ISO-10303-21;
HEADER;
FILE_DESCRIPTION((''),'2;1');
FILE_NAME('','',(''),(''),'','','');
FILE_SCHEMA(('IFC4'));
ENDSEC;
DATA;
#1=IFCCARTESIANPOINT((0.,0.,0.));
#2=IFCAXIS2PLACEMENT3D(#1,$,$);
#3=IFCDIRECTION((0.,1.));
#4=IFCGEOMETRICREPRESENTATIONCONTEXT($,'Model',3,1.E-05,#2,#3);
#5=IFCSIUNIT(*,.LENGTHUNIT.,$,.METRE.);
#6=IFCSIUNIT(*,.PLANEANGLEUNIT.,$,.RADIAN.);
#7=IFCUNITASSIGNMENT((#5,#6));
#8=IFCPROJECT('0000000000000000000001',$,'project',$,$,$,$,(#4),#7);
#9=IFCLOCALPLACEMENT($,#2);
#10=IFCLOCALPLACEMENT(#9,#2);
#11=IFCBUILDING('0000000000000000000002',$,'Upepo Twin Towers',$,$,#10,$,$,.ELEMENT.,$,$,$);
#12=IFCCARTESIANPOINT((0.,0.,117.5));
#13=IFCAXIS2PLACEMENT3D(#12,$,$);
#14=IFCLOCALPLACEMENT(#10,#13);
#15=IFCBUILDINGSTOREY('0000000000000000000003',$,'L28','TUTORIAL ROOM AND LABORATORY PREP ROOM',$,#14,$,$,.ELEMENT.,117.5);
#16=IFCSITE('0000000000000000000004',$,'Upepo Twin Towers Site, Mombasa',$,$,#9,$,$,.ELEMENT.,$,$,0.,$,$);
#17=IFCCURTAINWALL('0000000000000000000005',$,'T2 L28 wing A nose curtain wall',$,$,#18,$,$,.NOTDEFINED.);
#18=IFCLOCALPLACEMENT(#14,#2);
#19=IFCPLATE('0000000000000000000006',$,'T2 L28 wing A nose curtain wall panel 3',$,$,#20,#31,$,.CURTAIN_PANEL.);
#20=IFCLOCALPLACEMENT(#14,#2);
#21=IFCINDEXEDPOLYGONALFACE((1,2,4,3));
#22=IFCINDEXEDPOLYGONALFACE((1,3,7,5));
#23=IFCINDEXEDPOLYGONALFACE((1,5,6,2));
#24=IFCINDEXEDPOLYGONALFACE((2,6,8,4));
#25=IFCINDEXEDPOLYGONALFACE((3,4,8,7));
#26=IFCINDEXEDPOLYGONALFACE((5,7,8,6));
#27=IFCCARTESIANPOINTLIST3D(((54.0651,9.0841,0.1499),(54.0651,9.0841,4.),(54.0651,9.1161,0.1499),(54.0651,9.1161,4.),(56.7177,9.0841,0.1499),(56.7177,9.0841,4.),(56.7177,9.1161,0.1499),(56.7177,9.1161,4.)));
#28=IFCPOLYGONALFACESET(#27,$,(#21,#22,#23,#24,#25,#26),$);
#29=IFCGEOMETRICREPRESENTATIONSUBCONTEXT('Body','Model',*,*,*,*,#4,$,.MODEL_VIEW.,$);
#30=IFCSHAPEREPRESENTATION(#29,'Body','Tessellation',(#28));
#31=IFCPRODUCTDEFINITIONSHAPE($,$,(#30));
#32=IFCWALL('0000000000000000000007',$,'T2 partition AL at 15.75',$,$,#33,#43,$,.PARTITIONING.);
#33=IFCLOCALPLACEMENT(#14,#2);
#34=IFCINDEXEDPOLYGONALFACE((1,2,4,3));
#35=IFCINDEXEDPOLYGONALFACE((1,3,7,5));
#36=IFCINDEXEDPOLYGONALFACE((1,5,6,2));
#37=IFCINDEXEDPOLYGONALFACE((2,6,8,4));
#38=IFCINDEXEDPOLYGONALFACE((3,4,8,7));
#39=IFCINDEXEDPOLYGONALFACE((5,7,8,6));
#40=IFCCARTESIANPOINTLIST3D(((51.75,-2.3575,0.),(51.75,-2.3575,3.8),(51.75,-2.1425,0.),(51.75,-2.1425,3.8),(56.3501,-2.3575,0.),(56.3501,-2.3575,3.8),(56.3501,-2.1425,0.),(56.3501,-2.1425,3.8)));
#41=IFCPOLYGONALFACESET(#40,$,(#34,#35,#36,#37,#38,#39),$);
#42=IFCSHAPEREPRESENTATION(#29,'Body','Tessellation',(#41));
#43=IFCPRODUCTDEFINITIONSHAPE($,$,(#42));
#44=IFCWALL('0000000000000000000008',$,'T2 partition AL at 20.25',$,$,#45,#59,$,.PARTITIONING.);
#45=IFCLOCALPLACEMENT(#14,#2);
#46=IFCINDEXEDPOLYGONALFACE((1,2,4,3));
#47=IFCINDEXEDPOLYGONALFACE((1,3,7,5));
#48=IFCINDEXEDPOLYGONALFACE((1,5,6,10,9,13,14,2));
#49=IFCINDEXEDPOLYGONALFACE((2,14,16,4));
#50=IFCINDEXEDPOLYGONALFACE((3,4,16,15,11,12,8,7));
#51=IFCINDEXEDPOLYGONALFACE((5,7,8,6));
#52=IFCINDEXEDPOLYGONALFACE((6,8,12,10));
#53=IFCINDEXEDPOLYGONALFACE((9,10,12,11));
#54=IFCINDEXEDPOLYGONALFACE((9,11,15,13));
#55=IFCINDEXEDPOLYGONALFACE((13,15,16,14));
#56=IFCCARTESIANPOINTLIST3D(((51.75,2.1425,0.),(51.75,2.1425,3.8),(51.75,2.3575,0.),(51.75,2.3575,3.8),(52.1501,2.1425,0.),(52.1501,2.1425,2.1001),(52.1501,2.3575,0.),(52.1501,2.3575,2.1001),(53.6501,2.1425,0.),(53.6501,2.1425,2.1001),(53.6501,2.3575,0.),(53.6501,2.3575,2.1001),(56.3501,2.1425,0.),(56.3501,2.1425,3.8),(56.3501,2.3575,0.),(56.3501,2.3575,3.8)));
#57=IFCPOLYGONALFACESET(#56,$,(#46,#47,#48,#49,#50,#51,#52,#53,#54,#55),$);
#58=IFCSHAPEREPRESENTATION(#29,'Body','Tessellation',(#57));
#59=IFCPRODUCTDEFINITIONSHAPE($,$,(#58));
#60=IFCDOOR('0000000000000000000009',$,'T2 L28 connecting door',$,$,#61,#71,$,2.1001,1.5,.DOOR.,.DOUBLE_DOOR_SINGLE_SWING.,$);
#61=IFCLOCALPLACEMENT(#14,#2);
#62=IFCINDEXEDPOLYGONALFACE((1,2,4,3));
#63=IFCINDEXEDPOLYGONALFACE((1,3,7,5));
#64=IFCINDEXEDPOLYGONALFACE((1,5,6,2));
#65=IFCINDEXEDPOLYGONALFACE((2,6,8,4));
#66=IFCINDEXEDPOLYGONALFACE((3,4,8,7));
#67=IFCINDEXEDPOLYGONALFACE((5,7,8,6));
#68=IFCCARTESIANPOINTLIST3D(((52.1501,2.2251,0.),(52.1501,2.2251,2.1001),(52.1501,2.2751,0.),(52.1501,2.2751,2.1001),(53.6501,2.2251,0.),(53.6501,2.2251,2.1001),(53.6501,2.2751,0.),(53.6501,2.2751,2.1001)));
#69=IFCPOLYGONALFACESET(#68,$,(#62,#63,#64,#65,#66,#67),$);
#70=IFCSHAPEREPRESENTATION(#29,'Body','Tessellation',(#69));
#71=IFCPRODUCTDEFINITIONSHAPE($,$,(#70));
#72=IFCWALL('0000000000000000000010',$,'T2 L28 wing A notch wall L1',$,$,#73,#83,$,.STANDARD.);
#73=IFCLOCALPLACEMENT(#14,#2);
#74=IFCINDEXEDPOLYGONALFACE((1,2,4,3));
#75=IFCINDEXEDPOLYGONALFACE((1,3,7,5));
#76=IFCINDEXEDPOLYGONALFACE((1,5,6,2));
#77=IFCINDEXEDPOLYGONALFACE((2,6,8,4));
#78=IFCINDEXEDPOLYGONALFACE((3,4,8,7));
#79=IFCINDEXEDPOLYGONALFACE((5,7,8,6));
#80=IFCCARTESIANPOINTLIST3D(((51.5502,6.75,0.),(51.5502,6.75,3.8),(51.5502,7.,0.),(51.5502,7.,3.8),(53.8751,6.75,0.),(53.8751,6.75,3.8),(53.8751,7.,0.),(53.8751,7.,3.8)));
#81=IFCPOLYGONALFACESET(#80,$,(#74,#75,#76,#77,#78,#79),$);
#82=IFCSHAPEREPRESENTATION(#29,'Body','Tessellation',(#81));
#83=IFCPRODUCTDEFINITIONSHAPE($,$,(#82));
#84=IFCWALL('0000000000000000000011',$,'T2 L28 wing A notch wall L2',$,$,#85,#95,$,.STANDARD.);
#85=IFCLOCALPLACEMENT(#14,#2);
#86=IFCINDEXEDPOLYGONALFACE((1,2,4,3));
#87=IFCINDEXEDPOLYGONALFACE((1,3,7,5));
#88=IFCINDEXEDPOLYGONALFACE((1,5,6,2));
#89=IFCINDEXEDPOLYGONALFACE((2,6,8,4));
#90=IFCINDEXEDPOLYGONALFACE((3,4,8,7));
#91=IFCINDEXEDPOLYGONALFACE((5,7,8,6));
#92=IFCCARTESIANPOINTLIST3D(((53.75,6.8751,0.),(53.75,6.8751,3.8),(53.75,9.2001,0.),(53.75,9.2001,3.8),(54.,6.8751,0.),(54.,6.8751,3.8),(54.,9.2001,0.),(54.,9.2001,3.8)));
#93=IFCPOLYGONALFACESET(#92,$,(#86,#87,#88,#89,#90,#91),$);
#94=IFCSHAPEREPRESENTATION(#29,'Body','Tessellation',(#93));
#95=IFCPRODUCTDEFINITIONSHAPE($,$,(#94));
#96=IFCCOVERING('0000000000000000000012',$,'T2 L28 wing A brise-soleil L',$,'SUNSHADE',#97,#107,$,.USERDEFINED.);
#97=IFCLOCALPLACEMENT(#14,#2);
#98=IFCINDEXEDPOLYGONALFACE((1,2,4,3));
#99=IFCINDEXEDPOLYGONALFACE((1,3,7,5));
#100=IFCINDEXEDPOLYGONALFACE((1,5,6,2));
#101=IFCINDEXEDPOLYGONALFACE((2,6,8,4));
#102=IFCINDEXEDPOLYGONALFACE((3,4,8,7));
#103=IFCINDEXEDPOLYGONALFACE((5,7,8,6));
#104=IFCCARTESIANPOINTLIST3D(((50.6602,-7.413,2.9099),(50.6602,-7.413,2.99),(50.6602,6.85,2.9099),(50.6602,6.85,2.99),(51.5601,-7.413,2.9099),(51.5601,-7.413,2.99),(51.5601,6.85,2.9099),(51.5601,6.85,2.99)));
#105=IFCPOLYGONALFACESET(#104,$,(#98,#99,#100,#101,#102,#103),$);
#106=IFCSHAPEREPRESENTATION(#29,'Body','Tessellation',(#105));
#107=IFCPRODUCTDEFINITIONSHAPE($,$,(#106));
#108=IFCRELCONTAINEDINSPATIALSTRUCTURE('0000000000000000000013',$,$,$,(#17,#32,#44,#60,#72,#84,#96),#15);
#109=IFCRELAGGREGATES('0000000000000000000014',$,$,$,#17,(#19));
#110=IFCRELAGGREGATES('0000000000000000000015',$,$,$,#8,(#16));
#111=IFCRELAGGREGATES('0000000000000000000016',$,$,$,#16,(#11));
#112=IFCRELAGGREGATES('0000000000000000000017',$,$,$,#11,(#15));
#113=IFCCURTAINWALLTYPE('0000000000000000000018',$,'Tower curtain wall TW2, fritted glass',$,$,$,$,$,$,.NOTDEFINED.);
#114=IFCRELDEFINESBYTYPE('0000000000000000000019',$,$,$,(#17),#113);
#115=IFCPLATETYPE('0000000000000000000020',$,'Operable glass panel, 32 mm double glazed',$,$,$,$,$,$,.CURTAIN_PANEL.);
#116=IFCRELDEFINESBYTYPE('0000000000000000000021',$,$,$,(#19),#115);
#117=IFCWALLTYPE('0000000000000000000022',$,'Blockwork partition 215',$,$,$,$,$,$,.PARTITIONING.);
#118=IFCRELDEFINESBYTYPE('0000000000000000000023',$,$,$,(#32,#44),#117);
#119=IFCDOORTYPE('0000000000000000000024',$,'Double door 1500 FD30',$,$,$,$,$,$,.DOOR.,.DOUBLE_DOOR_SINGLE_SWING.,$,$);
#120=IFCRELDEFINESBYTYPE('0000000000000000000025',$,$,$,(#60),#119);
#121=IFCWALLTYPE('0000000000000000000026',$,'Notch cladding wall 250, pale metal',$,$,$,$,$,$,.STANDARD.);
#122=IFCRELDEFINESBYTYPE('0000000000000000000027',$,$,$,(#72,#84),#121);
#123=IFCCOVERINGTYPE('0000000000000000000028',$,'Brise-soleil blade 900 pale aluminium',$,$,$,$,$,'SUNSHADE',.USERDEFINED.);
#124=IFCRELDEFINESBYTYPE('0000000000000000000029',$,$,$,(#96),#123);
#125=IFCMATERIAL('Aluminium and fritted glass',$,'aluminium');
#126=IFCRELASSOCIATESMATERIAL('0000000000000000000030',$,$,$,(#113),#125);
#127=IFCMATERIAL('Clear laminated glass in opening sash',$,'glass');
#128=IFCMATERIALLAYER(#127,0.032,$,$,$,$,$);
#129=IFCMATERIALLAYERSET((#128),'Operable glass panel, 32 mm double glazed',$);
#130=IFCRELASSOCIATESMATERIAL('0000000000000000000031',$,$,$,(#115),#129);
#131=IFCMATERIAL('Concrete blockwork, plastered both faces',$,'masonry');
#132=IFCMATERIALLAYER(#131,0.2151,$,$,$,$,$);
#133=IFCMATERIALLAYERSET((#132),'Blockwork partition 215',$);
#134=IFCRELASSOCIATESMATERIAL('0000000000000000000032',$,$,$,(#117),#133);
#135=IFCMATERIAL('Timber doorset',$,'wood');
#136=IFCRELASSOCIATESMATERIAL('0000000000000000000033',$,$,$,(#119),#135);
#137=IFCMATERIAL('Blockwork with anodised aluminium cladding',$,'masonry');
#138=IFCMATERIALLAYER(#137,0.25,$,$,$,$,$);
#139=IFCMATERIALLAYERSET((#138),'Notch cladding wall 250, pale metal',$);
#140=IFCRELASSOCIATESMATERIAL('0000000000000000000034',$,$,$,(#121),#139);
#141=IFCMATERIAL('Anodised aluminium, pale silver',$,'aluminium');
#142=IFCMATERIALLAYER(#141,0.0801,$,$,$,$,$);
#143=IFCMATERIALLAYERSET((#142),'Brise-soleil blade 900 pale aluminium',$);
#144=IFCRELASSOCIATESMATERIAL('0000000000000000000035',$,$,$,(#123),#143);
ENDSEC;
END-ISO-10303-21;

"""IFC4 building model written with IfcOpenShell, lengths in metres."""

from ifc_helpers import new_model, si_unit, direction, frame, frame_2d, origin, origin_2d, place, context, subcontext, project, spatial, rectangle, extrude, material, layer, layer_set, type_object, element, fill, aggregate, save


model = new_model("IFC4")

# Units and contexts
model_context = context("Model", 3, precision=1e-05, world=origin(), true_north=direction((0.0, 1.0)))
body_context = subcontext(model_context, "Body", "Model", "MODEL_VIEW")
ifc_project = project(units=[si_unit("LENGTHUNIT", "METRE"), si_unit("PLANEANGLEUNIT", "RADIAN")], contexts=[model_context])

# Site, building, storey
site_placement = place(None, origin())
site = spatial("IfcSite", under=ifc_project, at=site_placement, Name="Upepo Twin Towers Site, Mombasa", CompositionType="ELEMENT", RefElevation=0.0)
building_placement = place(site_placement, origin())
building = spatial("IfcBuilding", under=site, at=building_placement, Name="Upepo Twin Towers", CompositionType="ELEMENT")
storey_placement = place(building_placement, frame((0.0, 0.0, 117.5)))
storey = spatial("IfcBuildingStorey", under=building, at=storey_placement, Name="L28", Description="TUTORIAL ROOM AND LABORATORY PREP ROOM", CompositionType="ELEMENT", Elevation=117.5)

# Shared definitions
ifc_material_1 = material(Name="Aluminium and fritted glass", Category="aluminium")
curtain_wall_type = type_object("IfcCurtainWallType", Name="Tower curtain wall TW2, fritted glass", PredefinedType="NOTDEFINED", material=ifc_material_1)

# Curtain wall
curtain_wall_1_placement = place(storey_placement, origin())
curtain_wall_1 = element("IfcCurtainWall", 1, at=curtain_wall_1_placement, inside=storey, type_object=curtain_wall_type, Name="T2 L28 wing A nose curtain wall", PredefinedType="NOTDEFINED")

# Plate
ifc_material_2 = material(Name="Clear laminated glass in opening sash", Category="glass")
ifc_layer_1 = layer(ifc_material_2, 0.032)
ifc_layer_set_1 = layer_set([ifc_layer_1], Name="Operable glass panel, 32 mm double glazed")
plate_type_1 = type_object("IfcPlateType", Name="Operable glass panel, 32 mm double glazed", PredefinedType="CURTAIN_PANEL", material=ifc_layer_set_1)
plate_1_placement = place(storey_placement, frame((55.3914, 9.1001, 0.1499), z_axis=(0.0, 0.0, 1.0), x_axis=(-1.0, 0.0, 0.0)))
plate_1 = element("IfcPlate", 2, at=plate_1_placement, type_object=plate_type_1, Name="T2 L28 wing A nose curtain wall panel 3", PredefinedType="CURTAIN_PANEL", context=body_context, shape_type="SweptSolid", body=[
    extrude(rectangle(XDim=2.6526, YDim=0.032, at=origin_2d()), origin(), (0.0, 0.0, 1.0), 3.8501),
])
aggregate(curtain_wall_1, [plate_1])

# Wall
ifc_material_3 = material(Name="Concrete blockwork, plastered both faces", Category="masonry")
ifc_layer_2 = layer(ifc_material_3, 0.2151)
ifc_layer_set_2 = layer_set([ifc_layer_2], Name="Blockwork partition 215")
wall_type_1 = type_object("IfcWallType", Name="Blockwork partition 215", PredefinedType="PARTITIONING", material=ifc_layer_set_2)
wall_1_placement = place(storey_placement, frame((56.3501, -2.25, 0.0), z_axis=(0.0, 0.0, 1.0), x_axis=(-1.0, 0.0, 0.0)))
element("IfcWall", 3, at=wall_1_placement, inside=storey, type_object=wall_type_1, Name="T2 partition AL at 15.75", PredefinedType="PARTITIONING", context=body_context, shape_type="SweptSolid", body=[
    extrude(rectangle(XDim=4.6001, YDim=0.2151, at=frame_2d((2.3, 0.0))), origin(), (0.0, 0.0, 1.0), 3.8),
])

# Wall, opening, door
wall_2_placement = place(storey_placement, frame((56.3501, 2.25, 0.0), z_axis=(0.0, 0.0, 1.0), x_axis=(-1.0, 0.0, 0.0)))
wall_2 = element("IfcWall", 4, at=wall_2_placement, inside=storey, type_object=wall_type_1, Name="T2 partition AL at 20.25", PredefinedType="PARTITIONING", context=body_context, shape_type="SweptSolid", body=[
    extrude(rectangle(XDim=4.6001, YDim=0.2151, at=frame_2d((2.3, 0.0))), origin(), (0.0, 0.0, 1.0), 3.8),
])
opening_placement = place(wall_2_placement, frame((2.7, 0.0, 0.0)))
opening = element("IfcOpeningElement", 5, at=opening_placement, cuts=wall_2, PredefinedType="OPENING", context=body_context, shape_type="SweptSolid", body=[
    extrude(rectangle(XDim=1.5, YDim=2.1001, at=frame_2d((0.75, 1.05))), frame((0.0, 0.1174, 0.0), z_axis=(0.0, -1.0, 0.0), x_axis=(1.0, 0.0, 0.0)), (0.0, 0.0, 1.0), 0.2351),
])
ifc_material_4 = material(Name="Timber doorset", Category="wood")
door_type = type_object("IfcDoorType", Name="Double door 1500 FD30", OperationType="DOUBLE_DOOR_SINGLE_SWING", PredefinedType="DOOR", material=ifc_material_4)
door_placement = place(opening_placement, origin())
door = element("IfcDoor", 6, at=door_placement, inside=storey, type_object=door_type, Name="T2 L28 connecting door", OperationType="DOUBLE_DOOR_SINGLE_SWING", OverallHeight=2.1001, OverallWidth=1.5, PredefinedType="DOOR", context=body_context, shape_type="SweptSolid", body=[
    extrude(rectangle(XDim=1.5, YDim=2.1001, at=frame_2d((0.75, 1.05))), frame((0.0, 0.0249, 0.0), z_axis=(0.0, -1.0, 0.0), x_axis=(1.0, 0.0, 0.0)), (0.0, 0.0, 1.0), 0.05),
])
fill(opening, door)

# Walls
ifc_material_5 = material(Name="Blockwork with anodised aluminium cladding", Category="masonry")
ifc_layer_3 = layer(ifc_material_5, 0.25)
ifc_layer_set_3 = layer_set([ifc_layer_3], Name="Notch cladding wall 250, pale metal")
wall_type_2 = type_object("IfcWallType", Name="Notch cladding wall 250, pale metal", PredefinedType="STANDARD", material=ifc_layer_set_3)
for number, where, z_axis, x_axis, name in (
    (7, (51.55, 6.875, 0.0), (0.0, 0.0, 1.0), (1.0, 0.0, 0.0), "T2 L28 wing A notch wall L1"),
    (8, (53.875, 6.875, 0.0), (0.0, 0.0, 1.0), (0.0, 1.0, 0.0), "T2 L28 wing A notch wall L2"),
):
    element("IfcWall", number, at=place(storey_placement, frame(where, z_axis=z_axis, x_axis=x_axis)), inside=storey, type_object=wall_type_2, Name=name, PredefinedType="STANDARD", context=body_context, shape_type="SweptSolid", body=[
        extrude(rectangle(XDim=2.325, YDim=0.25, at=frame_2d((1.1626, 0.0))), origin(), (0.0, 0.0, 1.0), 3.8),
    ])

# Covering
ifc_material_6 = material(Name="Anodised aluminium, pale silver", Category="aluminium")
ifc_layer_4 = layer(ifc_material_6, 0.0801)
ifc_layer_set_4 = layer_set([ifc_layer_4], Name="Brise-soleil blade 900 pale aluminium")
covering_type = type_object("IfcCoveringType", Name="Brise-soleil blade 900 pale aluminium", ElementType="SUNSHADE", PredefinedType="USERDEFINED", material=ifc_layer_set_4)
covering_placement = place(storey_placement, frame((51.1101, -0.2815, 2.9099), z_axis=(0.0, 0.0, 1.0), x_axis=(0.0, 1.0, 0.0)))
element("IfcCovering", 9, at=covering_placement, inside=storey, type_object=covering_type, Name="T2 L28 wing A brise-soleil L", ObjectType="SUNSHADE", PredefinedType="USERDEFINED", context=body_context, shape_type="SweptSolid", body=[
    extrude(rectangle(XDim=14.2629, YDim=0.8999, at=origin_2d()), origin(), (0.0, 0.0, 1.0), 0.0801),
])

save(model, "model.ifc")
